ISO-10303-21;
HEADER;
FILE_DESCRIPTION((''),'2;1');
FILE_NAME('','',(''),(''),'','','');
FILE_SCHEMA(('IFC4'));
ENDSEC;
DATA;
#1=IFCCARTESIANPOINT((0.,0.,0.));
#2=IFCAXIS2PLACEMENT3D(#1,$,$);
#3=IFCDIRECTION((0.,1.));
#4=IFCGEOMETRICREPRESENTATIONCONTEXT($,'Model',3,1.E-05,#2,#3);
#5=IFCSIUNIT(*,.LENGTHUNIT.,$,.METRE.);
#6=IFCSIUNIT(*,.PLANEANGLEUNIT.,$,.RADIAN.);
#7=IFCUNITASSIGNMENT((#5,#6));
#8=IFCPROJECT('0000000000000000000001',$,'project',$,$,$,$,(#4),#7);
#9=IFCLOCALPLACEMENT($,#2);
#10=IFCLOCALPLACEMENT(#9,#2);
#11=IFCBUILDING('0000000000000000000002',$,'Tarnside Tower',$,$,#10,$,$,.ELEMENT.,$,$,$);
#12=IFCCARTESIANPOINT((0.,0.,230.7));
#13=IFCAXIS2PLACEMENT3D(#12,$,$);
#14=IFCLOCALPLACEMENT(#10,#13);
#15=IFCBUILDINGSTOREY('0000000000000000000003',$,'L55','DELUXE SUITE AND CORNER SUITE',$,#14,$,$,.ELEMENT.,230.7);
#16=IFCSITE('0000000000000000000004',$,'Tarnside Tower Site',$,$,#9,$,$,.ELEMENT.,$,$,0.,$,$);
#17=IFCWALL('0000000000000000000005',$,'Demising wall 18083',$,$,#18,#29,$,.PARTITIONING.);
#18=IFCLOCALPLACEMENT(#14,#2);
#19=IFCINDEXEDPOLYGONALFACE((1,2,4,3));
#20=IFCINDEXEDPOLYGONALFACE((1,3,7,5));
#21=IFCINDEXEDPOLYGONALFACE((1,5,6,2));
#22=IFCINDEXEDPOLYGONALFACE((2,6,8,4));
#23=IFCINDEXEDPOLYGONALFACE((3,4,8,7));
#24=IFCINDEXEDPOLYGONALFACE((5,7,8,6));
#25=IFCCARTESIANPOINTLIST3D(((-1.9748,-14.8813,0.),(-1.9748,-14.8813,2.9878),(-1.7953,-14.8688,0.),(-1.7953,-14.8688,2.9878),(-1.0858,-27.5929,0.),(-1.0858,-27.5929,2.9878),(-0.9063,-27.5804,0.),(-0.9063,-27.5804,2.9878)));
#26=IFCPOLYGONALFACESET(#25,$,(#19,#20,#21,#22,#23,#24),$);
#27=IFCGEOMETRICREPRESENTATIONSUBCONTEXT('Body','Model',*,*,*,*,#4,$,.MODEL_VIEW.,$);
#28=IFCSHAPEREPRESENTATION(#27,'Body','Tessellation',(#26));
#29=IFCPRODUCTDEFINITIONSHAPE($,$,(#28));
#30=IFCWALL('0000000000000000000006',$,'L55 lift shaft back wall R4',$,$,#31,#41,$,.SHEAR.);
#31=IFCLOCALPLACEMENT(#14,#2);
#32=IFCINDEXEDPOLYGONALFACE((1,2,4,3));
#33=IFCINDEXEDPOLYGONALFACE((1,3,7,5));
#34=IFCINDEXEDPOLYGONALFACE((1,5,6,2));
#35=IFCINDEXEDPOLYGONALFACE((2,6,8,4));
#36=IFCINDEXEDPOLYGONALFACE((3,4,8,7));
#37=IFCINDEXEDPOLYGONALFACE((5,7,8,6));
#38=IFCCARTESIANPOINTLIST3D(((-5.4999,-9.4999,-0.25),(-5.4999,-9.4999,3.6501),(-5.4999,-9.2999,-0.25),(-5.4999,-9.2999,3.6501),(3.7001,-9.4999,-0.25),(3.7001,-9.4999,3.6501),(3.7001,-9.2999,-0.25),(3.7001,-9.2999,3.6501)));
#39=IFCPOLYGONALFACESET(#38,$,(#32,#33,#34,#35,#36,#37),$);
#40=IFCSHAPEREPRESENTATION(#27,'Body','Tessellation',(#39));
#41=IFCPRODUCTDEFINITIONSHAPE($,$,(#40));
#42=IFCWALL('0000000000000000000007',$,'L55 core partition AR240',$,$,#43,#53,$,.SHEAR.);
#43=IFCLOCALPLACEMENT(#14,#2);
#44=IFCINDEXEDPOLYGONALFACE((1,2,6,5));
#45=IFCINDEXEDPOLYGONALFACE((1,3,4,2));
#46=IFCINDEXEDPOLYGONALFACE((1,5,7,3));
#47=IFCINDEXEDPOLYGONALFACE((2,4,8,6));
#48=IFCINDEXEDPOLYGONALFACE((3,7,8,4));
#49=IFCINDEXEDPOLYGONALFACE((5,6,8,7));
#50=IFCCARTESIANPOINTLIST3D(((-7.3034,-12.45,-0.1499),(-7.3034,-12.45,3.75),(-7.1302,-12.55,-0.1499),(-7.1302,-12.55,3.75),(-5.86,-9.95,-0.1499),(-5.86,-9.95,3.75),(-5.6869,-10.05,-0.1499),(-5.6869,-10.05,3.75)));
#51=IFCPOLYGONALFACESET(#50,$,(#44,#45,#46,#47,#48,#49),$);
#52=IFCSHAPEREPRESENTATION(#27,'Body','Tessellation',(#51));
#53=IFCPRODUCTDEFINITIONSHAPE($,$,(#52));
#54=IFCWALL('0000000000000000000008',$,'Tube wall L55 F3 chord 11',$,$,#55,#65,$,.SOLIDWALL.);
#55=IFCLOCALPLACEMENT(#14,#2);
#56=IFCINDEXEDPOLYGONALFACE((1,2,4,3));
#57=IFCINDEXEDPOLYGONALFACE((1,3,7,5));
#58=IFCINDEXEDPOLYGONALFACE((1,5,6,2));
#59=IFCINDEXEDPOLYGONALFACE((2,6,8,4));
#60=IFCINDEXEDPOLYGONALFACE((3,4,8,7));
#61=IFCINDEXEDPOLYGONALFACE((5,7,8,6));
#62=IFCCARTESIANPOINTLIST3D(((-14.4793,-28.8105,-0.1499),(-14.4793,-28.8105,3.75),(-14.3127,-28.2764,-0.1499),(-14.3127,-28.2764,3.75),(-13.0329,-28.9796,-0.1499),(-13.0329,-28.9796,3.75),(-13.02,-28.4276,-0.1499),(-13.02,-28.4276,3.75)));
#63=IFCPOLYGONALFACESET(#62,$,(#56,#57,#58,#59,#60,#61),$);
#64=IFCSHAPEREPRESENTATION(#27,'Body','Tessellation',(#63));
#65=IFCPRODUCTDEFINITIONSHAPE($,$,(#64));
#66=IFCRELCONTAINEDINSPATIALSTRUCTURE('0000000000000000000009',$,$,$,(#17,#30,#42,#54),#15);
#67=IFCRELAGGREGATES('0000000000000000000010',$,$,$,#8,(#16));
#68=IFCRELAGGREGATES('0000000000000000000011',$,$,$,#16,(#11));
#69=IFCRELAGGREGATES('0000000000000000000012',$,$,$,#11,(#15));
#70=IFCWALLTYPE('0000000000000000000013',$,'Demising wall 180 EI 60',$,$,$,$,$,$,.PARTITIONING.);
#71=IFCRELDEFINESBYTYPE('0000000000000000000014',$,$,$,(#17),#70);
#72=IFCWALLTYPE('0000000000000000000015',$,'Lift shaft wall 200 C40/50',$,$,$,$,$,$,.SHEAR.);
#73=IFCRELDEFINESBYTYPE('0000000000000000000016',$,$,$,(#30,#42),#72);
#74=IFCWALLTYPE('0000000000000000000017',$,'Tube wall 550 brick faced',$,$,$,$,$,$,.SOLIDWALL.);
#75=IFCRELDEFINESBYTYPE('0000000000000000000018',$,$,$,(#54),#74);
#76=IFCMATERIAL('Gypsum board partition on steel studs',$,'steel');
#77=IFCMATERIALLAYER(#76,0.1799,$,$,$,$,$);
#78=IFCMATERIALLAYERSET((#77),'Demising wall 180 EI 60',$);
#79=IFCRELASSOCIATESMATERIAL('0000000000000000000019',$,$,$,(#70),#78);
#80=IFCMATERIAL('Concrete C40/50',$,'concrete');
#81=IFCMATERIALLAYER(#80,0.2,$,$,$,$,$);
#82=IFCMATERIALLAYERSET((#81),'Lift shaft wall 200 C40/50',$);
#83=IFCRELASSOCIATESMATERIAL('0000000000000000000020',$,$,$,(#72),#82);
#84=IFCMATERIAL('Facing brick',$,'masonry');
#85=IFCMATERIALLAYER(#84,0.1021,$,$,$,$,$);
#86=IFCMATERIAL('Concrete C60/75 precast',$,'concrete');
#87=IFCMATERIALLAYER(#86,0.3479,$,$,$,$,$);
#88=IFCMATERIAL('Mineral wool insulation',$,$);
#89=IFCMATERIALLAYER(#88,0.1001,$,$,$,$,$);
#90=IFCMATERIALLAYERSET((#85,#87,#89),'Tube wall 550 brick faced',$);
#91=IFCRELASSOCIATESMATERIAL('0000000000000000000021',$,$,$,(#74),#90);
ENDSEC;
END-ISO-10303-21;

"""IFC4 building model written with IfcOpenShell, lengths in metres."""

from ifc_helpers import new_model, si_unit, direction, frame, frame_2d, origin, place, context, subcontext, project, spatial, polyline, rectangle, outline, extrude, material, layer, layer_set, type_object, element, save


model = new_model("IFC4")

# Units and contexts
model_context = context("Model", 3, precision=1e-05, world=origin(), true_north=direction((0.0, 1.0)))
body_context = subcontext(model_context, "Body", "Model", "MODEL_VIEW")
ifc_project = project(units=[si_unit("LENGTHUNIT", "METRE"), si_unit("PLANEANGLEUNIT", "RADIAN")], contexts=[model_context])

# Site, building, storey
site_placement = place(None, origin())
site = spatial("IfcSite", under=ifc_project, at=site_placement, Name="Tarnside Tower Site", CompositionType="ELEMENT", RefElevation=0.0)
building_placement = place(site_placement, origin())
building = spatial("IfcBuilding", under=site, at=building_placement, Name="Tarnside Tower", CompositionType="ELEMENT")
storey_placement = place(building_placement, frame((0.0, 0.0, 230.7)))
storey = spatial("IfcBuildingStorey", under=building, at=storey_placement, Name="L55", Description="DELUXE SUITE AND CORNER SUITE", CompositionType="ELEMENT", Elevation=230.7)

# Shared definitions
ifc_material_1 = material(Name="Gypsum board partition on steel studs", Category="steel")

# Walls
ifc_layer_1 = layer(ifc_material_1, 0.1799)
ifc_layer_set_1 = layer_set([ifc_layer_1], Name="Demising wall 180 EI 60")
wall_type_1 = type_object("IfcWallType", Name="Demising wall 180 EI 60", PredefinedType="PARTITIONING", material=ifc_layer_set_1)
wall_1_placement = place(storey_placement, frame((-0.9961, -27.5867, 0.0), z_axis=(0.0, 0.0, 1.0), x_axis=(-0.069759, 0.997564, 0.0)))
element("IfcWall", 1, at=wall_1_placement, inside=storey, type_object=wall_type_1, Name="Demising wall 18083", PredefinedType="PARTITIONING", context=body_context, shape_type="SweptSolid", body=[
    extrude(rectangle(XDim=12.7427, YDim=0.1799, at=frame_2d((6.3713, 0.0))), origin(), (0.0, 0.0, 1.0), 2.9878),
])
ifc_material_2 = material(Name="Concrete C40/50", Category="concrete")
ifc_layer_2 = layer(ifc_material_2, 0.2)
ifc_layer_set_2 = layer_set([ifc_layer_2], Name="Lift shaft wall 200 C40/50")
wall_type_2 = type_object("IfcWallType", Name="Lift shaft wall 200 C40/50", PredefinedType="SHEAR", material=ifc_layer_set_2)
wall_2_placement = place(storey_placement, frame((-5.5, -9.3999, -0.25), z_axis=(0.0, 0.0, 1.0), x_axis=(1.0, 0.0, 0.0)))
element("IfcWall", 2, at=wall_2_placement, inside=storey, type_object=wall_type_2, Name="L55 lift shaft back wall R4", PredefinedType="SHEAR", context=body_context, shape_type="SweptSolid", body=[
    extrude(rectangle(XDim=9.2, YDim=0.2, at=frame_2d((4.6001, 0.0))), origin(), (0.0, 0.0, 1.0), 3.9001),
])
wall_3_placement = place(storey_placement, frame((-5.7734, -10.0, -0.1499), z_axis=(0.0, 0.0, 1.0), x_axis=(-0.499996, -0.866028, 0.0)))
element("IfcWall", 3, at=wall_3_placement, inside=storey, type_object=wall_type_2, Name="L55 core partition AR240", PredefinedType="SHEAR", context=body_context, shape_type="SweptSolid", body=[
    extrude(rectangle(XDim=2.8867, YDim=0.2, at=frame_2d((1.4434, 0.0))), origin(), (0.0, 0.0, 1.0), 3.8999),
])
ifc_material_3 = material(Name="Facing brick", Category="masonry")
ifc_layer_3 = layer(ifc_material_3, 0.1021)
ifc_material_4 = material(Name="Concrete C60/75 precast", Category="concrete")
ifc_layer_4 = layer(ifc_material_4, 0.3479)
ifc_material_5 = material(Name="Mineral wool insulation")
ifc_layer_5 = layer(ifc_material_5, 0.1001)
ifc_layer_set_3 = layer_set([ifc_layer_3, ifc_layer_4, ifc_layer_5], Name="Tube wall 550 brick faced")
wall_type_3 = type_object("IfcWallType", Name="Tube wall 550 brick faced", PredefinedType="SOLIDWALL", material=ifc_layer_set_3)
wall_4_placement = place(storey_placement, frame((-14.396, -28.5435, -0.1499), z_axis=(0.0, 0.0, 1.0), x_axis=(0.993233, -0.116143, 0.0)))
element("IfcWall", 4, at=wall_4_placement, inside=storey, type_object=wall_type_3, Name="Tube wall L55 F3 chord 11", PredefinedType="SOLIDWALL", context=body_context, shape_type="SweptSolid", body=[
    extrude(outline(polyline([(-0.0518, -0.2749), (1.4045, -0.2749), (1.3533, 0.2749), (0.0518, 0.2749), (-0.0518, -0.2749)])), origin(), (0.0, 0.0, 1.0), 3.8999),
])

save(model, "model.ifc")
